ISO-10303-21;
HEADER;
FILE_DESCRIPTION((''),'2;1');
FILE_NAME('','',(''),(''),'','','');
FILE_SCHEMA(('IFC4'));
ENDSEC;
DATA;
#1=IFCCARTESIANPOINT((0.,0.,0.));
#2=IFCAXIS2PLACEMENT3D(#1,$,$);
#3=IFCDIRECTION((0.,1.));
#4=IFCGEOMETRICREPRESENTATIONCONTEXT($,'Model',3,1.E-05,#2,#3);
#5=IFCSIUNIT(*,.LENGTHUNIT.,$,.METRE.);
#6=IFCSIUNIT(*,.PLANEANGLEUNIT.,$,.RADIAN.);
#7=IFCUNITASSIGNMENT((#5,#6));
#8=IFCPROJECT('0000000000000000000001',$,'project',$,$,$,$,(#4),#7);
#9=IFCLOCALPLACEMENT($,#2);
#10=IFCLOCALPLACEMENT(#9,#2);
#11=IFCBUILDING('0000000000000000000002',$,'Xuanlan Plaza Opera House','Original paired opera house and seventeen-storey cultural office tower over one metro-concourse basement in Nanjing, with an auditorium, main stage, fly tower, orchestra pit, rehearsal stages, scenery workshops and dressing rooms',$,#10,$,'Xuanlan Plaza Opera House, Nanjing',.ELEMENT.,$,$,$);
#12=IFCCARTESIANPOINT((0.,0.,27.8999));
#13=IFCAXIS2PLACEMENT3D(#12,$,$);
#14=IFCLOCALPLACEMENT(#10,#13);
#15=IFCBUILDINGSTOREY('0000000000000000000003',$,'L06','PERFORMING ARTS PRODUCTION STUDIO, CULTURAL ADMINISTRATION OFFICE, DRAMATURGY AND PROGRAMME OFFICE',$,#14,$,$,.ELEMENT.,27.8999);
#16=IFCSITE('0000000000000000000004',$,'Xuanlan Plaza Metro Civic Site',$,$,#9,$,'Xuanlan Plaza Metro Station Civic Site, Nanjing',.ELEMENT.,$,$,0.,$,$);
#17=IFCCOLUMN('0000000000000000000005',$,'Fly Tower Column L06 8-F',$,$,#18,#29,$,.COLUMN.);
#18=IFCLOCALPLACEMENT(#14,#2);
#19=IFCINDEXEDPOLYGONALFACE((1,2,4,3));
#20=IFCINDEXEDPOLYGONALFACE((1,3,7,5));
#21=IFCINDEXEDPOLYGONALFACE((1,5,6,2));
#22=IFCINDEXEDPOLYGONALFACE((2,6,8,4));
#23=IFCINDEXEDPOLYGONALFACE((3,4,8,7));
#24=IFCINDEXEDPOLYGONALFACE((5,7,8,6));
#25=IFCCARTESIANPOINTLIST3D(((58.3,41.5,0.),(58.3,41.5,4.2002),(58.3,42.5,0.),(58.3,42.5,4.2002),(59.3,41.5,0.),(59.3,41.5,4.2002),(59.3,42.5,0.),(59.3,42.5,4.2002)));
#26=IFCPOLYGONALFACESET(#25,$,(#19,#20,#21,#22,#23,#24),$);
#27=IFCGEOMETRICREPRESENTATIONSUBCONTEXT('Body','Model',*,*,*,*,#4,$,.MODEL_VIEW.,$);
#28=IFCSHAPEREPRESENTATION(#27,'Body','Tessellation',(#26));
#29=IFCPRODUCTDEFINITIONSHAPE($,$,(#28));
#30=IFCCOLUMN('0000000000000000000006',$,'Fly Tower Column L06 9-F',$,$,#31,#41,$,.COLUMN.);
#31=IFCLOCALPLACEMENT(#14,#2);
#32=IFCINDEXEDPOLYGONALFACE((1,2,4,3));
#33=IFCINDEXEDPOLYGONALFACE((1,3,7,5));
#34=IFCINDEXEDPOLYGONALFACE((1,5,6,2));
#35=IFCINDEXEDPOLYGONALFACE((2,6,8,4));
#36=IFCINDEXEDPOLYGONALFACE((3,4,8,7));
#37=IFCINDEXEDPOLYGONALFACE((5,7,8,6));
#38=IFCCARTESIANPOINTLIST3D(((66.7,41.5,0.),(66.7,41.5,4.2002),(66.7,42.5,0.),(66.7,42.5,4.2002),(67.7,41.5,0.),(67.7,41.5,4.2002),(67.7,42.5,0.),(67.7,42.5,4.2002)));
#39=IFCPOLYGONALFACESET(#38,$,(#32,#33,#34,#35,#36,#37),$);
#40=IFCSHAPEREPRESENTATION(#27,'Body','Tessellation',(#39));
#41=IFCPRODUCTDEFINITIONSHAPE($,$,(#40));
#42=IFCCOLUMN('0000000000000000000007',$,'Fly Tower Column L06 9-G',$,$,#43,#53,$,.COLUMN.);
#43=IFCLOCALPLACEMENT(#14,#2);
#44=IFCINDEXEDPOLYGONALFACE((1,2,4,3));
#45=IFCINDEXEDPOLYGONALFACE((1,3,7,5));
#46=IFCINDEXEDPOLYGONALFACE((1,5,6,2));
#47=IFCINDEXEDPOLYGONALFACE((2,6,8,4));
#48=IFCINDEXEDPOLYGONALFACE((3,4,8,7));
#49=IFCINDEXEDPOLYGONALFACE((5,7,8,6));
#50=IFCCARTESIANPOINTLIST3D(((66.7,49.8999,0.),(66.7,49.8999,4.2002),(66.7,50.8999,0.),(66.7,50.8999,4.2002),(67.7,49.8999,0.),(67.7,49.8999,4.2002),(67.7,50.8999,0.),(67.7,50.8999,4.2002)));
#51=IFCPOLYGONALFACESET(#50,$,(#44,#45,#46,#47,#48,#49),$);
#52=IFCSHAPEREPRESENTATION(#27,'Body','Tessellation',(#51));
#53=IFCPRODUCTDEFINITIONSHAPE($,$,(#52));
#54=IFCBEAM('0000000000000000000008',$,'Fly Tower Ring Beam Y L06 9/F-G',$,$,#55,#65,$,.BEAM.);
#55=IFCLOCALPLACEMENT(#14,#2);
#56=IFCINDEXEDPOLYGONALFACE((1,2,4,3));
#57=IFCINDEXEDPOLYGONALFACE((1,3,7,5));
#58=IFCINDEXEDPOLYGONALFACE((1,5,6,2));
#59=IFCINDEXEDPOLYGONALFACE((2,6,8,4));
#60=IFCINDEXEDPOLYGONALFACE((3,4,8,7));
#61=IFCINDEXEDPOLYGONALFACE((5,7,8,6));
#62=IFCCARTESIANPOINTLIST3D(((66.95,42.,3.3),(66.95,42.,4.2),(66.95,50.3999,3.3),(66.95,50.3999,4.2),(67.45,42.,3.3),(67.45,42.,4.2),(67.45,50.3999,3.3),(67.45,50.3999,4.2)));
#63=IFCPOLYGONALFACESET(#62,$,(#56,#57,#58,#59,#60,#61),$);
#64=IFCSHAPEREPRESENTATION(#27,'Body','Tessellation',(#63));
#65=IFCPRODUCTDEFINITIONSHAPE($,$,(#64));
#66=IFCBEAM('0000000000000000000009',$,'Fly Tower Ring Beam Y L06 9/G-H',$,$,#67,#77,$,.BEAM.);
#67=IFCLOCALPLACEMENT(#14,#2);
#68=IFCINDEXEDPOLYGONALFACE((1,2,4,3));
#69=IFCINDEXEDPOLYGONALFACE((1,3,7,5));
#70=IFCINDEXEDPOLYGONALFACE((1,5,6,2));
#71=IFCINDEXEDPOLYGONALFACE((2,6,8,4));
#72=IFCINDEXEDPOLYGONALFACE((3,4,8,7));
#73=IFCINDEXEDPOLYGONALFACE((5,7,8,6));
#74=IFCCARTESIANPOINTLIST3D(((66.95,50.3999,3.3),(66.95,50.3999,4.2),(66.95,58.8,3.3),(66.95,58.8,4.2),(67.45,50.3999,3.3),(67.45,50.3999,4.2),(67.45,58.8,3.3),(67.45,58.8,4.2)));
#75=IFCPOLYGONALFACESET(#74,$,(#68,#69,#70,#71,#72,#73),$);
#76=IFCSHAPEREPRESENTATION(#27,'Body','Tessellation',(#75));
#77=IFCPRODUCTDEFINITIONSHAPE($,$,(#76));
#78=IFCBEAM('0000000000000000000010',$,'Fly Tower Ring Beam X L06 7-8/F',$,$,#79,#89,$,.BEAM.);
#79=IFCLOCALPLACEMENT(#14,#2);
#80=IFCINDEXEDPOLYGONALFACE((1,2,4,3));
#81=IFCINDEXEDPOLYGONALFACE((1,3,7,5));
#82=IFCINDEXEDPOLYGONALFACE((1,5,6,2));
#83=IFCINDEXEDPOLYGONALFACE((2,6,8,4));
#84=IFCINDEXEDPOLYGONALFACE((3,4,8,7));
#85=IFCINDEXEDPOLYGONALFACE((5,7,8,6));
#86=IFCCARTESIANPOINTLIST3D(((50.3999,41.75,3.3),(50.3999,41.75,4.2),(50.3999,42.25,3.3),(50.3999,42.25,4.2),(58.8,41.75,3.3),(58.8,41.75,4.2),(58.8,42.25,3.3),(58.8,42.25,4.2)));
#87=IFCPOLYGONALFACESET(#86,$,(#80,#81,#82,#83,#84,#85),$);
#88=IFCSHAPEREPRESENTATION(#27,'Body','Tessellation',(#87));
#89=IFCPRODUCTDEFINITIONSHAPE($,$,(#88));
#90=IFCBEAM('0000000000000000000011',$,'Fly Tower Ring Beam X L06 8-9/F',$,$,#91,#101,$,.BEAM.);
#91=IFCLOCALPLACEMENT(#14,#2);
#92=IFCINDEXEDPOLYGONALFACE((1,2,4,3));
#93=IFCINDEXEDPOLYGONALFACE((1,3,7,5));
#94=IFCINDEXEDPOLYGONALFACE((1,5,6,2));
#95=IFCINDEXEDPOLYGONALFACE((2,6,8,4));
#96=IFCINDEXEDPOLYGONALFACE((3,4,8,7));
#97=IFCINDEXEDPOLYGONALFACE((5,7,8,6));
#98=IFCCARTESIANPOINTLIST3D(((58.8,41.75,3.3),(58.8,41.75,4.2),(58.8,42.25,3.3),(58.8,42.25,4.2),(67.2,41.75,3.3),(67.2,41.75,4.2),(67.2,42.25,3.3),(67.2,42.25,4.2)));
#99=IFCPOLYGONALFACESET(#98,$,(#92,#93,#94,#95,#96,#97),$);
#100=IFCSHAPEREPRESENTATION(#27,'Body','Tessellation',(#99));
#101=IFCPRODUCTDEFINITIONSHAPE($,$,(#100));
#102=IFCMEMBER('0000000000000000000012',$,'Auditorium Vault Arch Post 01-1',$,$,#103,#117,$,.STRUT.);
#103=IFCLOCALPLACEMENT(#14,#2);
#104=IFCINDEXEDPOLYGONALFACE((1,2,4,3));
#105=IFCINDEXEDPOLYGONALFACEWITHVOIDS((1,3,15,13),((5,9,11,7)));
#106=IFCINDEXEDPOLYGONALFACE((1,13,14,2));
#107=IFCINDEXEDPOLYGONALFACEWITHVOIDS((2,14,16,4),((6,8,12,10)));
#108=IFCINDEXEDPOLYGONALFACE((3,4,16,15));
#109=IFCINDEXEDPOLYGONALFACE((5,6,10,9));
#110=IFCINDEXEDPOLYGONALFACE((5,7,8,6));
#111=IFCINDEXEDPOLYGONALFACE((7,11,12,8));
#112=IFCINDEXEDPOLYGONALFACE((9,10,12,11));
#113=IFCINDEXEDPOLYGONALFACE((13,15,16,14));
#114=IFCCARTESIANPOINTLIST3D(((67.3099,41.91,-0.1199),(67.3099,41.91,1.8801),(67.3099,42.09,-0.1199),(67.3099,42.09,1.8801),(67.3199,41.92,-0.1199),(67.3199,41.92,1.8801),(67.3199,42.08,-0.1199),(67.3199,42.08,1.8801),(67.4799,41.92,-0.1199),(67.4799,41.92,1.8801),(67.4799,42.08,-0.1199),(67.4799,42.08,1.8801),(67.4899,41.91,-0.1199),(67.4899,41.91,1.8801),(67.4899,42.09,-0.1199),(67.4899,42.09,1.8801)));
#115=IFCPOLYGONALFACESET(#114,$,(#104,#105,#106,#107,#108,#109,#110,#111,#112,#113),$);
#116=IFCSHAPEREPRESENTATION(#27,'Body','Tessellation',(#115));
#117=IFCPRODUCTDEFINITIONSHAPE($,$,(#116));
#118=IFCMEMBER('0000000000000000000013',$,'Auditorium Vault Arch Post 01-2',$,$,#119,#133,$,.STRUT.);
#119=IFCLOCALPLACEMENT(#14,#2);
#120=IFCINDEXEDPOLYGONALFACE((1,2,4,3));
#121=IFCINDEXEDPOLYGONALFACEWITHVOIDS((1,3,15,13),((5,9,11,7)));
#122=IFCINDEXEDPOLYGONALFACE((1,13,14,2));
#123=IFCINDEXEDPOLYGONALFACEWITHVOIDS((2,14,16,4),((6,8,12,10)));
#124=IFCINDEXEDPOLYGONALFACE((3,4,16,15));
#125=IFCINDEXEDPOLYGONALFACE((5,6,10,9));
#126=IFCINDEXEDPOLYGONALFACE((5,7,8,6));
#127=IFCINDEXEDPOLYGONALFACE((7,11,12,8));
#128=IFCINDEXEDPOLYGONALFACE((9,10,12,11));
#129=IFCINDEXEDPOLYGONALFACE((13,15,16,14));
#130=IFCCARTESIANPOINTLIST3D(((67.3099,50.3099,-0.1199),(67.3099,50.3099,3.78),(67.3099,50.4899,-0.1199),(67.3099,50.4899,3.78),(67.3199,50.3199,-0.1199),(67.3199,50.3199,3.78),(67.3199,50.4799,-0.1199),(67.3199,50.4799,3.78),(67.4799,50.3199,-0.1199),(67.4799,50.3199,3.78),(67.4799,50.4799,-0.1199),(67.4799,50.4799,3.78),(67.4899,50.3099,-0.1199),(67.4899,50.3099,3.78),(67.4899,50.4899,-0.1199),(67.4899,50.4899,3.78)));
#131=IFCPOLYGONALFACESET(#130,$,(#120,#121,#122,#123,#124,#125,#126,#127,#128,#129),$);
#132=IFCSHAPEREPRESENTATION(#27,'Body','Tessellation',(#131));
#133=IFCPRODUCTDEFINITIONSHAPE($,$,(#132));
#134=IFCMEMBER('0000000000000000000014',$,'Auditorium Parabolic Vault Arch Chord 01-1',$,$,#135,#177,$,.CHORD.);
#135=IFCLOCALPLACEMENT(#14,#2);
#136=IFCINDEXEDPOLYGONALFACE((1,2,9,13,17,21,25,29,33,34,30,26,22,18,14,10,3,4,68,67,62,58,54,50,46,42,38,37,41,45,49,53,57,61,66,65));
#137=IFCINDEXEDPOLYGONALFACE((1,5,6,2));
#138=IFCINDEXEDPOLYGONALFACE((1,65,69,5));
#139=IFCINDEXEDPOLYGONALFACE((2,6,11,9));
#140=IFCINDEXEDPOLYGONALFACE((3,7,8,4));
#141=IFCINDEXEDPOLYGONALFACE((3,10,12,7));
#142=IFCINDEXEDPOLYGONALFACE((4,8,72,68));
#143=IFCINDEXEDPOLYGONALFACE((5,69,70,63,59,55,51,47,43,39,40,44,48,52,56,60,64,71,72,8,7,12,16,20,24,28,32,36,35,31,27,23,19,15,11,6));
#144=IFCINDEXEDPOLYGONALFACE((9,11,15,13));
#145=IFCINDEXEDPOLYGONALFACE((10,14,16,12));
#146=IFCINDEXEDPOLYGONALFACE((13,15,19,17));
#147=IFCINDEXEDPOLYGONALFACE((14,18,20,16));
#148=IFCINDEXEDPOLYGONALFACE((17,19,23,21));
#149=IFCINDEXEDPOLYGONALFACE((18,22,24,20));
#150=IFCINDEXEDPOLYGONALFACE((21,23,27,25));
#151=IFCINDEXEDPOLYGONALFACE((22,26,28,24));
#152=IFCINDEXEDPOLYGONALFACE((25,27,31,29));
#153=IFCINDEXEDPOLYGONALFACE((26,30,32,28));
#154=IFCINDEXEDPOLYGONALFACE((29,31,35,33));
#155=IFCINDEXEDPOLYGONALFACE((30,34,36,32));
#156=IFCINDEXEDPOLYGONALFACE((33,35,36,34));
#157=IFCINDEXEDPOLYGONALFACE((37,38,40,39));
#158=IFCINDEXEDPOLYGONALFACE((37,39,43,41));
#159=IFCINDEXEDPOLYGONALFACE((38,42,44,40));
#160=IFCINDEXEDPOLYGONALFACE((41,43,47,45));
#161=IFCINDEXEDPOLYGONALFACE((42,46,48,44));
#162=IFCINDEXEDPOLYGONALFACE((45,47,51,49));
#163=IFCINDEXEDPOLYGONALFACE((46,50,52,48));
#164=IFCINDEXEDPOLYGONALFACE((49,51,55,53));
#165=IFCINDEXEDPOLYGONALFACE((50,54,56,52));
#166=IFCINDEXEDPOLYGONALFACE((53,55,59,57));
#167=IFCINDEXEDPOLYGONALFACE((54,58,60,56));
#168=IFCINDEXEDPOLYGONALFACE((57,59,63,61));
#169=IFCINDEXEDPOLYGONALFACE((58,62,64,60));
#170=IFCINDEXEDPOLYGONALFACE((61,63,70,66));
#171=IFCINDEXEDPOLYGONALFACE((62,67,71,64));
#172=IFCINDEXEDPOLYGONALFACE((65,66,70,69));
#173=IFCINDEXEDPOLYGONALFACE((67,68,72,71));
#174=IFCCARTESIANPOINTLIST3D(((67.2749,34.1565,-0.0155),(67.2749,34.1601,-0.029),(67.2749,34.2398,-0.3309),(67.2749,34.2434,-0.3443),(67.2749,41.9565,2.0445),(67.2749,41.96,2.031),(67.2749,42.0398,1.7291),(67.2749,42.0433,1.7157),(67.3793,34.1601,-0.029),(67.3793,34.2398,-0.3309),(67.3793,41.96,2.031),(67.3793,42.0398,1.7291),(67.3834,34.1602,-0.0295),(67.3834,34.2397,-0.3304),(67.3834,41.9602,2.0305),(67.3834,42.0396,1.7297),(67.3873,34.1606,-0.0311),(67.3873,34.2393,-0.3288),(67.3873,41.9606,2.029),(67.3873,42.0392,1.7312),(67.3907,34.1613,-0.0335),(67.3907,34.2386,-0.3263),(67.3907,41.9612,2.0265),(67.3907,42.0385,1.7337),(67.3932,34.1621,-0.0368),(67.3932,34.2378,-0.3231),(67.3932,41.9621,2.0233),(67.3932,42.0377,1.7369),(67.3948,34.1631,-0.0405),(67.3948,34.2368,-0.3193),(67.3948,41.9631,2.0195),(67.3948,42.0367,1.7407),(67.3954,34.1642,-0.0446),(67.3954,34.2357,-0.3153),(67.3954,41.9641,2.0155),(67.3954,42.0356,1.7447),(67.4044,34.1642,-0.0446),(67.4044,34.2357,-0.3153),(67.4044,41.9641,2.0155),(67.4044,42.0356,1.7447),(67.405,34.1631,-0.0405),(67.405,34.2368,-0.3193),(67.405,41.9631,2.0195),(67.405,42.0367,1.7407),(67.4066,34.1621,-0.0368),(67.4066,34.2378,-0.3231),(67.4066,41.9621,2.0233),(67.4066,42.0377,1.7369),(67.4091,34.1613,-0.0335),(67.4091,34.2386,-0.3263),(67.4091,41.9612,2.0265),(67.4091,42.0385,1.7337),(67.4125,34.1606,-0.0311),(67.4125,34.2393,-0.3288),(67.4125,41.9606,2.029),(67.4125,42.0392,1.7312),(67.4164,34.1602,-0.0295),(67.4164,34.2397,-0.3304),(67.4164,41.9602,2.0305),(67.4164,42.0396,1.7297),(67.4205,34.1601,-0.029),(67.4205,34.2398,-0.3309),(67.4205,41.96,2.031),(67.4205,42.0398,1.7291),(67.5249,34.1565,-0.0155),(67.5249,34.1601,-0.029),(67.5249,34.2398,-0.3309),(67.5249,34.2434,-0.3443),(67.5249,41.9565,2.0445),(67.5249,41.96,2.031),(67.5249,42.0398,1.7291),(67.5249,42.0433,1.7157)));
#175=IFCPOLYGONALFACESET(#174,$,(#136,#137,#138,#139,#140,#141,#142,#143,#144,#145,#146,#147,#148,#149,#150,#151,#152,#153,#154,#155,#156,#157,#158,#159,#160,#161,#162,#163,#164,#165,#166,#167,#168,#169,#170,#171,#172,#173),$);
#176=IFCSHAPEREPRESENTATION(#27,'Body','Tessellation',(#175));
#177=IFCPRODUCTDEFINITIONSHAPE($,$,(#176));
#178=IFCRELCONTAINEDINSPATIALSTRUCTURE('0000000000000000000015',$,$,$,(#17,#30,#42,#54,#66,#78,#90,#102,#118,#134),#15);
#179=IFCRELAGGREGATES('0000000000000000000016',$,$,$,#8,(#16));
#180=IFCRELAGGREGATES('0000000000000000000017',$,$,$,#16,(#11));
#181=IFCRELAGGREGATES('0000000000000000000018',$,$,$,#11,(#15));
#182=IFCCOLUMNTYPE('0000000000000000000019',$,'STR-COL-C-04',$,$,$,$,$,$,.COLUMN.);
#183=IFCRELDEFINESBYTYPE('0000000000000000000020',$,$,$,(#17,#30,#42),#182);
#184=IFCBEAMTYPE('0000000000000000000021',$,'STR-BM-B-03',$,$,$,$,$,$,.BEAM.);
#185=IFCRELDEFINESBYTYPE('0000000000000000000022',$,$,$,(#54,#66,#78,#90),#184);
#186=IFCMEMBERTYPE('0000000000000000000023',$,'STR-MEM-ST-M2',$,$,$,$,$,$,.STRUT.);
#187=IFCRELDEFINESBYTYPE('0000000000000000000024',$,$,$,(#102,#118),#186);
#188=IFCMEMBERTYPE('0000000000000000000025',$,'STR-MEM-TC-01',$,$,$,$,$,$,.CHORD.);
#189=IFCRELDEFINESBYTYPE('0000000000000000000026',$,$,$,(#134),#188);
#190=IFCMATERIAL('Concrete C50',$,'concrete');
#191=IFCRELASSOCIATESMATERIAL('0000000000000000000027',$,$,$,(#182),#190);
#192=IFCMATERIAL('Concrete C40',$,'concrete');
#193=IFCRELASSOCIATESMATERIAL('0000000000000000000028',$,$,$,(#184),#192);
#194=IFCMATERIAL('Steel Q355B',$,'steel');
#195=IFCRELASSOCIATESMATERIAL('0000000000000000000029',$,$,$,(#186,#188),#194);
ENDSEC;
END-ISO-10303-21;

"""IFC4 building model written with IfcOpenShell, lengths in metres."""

from ifc_helpers import new_model, si_unit, direction, frame, origin, origin_2d, place, context, subcontext, project, spatial, rectangle, hollow_rectangle, i_section, extrude, material, material_profile, profile_set, type_object, element, save


model = new_model("IFC4")

# Units and contexts
model_context = context("Model", 3, precision=1e-05, world=origin(), true_north=direction((0.0, 1.0)))
body_context = subcontext(model_context, "Body", "Model", "MODEL_VIEW")
ifc_project = project(units=[si_unit("LENGTHUNIT", "METRE"), si_unit("PLANEANGLEUNIT", "RADIAN")], contexts=[model_context])

# Site, building, storey
site_placement = place(None, origin())
site = spatial("IfcSite", under=ifc_project, at=site_placement, Name="Xuanlan Plaza Metro Civic Site", LongName="Xuanlan Plaza Metro Station Civic Site, Nanjing", CompositionType="ELEMENT", RefElevation=0.0)
building_placement = place(site_placement, origin())
building = spatial("IfcBuilding", under=site, at=building_placement, Name="Xuanlan Plaza Opera House", Description="Original paired opera house and seventeen-storey cultural office tower over one metro-concourse basement in Nanjing, with an auditorium, main stage, fly tower, orchestra pit, rehearsal stages, scenery workshops and dressing rooms", LongName="Xuanlan Plaza Opera House, Nanjing", CompositionType="ELEMENT")
storey_placement = place(building_placement, frame((0.0, 0.0, 27.8999)))
storey = spatial("IfcBuildingStorey", under=building, at=storey_placement, Name="L06", Description="PERFORMING ARTS PRODUCTION STUDIO, CULTURAL ADMINISTRATION OFFICE, DRAMATURGY AND PROGRAMME OFFICE", CompositionType="ELEMENT", Elevation=27.8999)

# Columns
ifc_material_1 = material(Name="Concrete C50", Category="concrete")
ifc_material_profile_1 = material_profile(ifc_material_1, rectangle(XDim=1.0, YDim=1.0, at=origin_2d()), Name="RC-COL 1000x1000")
ifc_profile_set_1 = profile_set([ifc_material_profile_1], Name="Concrete C50")
column_type = type_object("IfcColumnType", Name="STR-COL-C-04", PredefinedType="COLUMN", material=ifc_profile_set_1)
for number, where, z_axis, x_axis, name in (
    (1, (58.8, 42.0, 0.0), (0.0, 0.0, 1.0), (1.0, 0.0, 0.0), "Fly Tower Column L06 8-F"),
    (2, (67.2, 42.0, 0.0), (0.0, 0.0, 1.0), (1.0, 0.0, 0.0), "Fly Tower Column L06 9-F"),
    (3, (67.2, 50.3999, 0.0), (0.0, 0.0, 1.0), (1.0, 0.0, 0.0), "Fly Tower Column L06 9-G"),
):
    element("IfcColumn", number, at=place(storey_placement, frame(where, z_axis=z_axis, x_axis=x_axis)), inside=storey, type_object=column_type, Name=name, PredefinedType="COLUMN", context=body_context, shape_type="SweptSolid", body=[
        extrude(rectangle(XDim=1.0, YDim=1.0, at=origin_2d()), origin(), (0.0, 0.0, 1.0), 4.2002),
    ])

# Beams
ifc_material_2 = material(Name="Concrete C40", Category="concrete")
ifc_material_profile_2 = material_profile(ifc_material_2, rectangle(XDim=0.5, YDim=0.8999, at=origin_2d()), Name="RC-BM 500x900")
ifc_profile_set_2 = profile_set([ifc_material_profile_2], Name="Concrete C40")
beam_type = type_object("IfcBeamType", Name="STR-BM-B-03", PredefinedType="BEAM", material=ifc_profile_set_2)
beam_1_placement = place(storey_placement, frame((67.2, 42.0, 3.75), z_axis=(0.0, 1.0, 0.0), x_axis=(-1.0, 0.0, 0.0)))
element("IfcBeam", 4, at=beam_1_placement, inside=storey, type_object=beam_type, Name="Fly Tower Ring Beam Y L06 9/F-G", PredefinedType="BEAM", context=body_context, shape_type="SweptSolid", body=[
    extrude(rectangle(XDim=0.5, YDim=0.8999, at=origin_2d()), origin(), (0.0, 0.0, 1.0), 8.3999),
])
for number, where, z_axis, x_axis, name in (
    (5, (67.2, 50.3999, 3.75), (0.0, 1.0, 0.0), (-1.0, 0.0, 0.0), "Fly Tower Ring Beam Y L06 9/G-H"),
    (6, (50.3999, 42.0, 3.75), (1.0, 0.0, 0.0), (0.0, 1.0, 0.0), "Fly Tower Ring Beam X L06 7-8/F"),
):
    element("IfcBeam", number, at=place(storey_placement, frame(where, z_axis=z_axis, x_axis=x_axis)), inside=storey, type_object=beam_type, Name=name, PredefinedType="BEAM", context=body_context, shape_type="SweptSolid", body=[
        extrude(rectangle(XDim=0.5, YDim=0.8999, at=origin_2d()), origin(), (0.0, 0.0, 1.0), 8.4001),
    ])
beam_2_placement = place(storey_placement, frame((58.8, 42.0, 3.75), z_axis=(1.0, 0.0, 0.0), x_axis=(0.0, 1.0, 0.0)))
element("IfcBeam", 7, at=beam_2_placement, inside=storey, type_object=beam_type, Name="Fly Tower Ring Beam X L06 8-9/F", PredefinedType="BEAM", context=body_context, shape_type="SweptSolid", body=[
    extrude(rectangle(XDim=0.5, YDim=0.8999, at=origin_2d()), origin(), (0.0, 0.0, 1.0), 8.3999),
])

# Members
ifc_material_3 = material(Name="Steel Q355B", Category="steel")
ifc_material_profile_3 = material_profile(ifc_material_3, hollow_rectangle(XDim=0.1799, YDim=0.1799, WallThickness=0.01, at=origin_2d()), Name="SHS 180x180x10")
ifc_profile_set_3 = profile_set([ifc_material_profile_3], Name="Steel Q355B")
member_type_1 = type_object("IfcMemberType", Name="STR-MEM-ST-M2", PredefinedType="STRUT", material=ifc_profile_set_3)
member_1_placement = place(storey_placement, frame((67.3999, 42.0, -0.1199), z_axis=(0.0, 0.0, 1.0), x_axis=(1.0, 0.0, 0.0)))
element("IfcMember", 8, at=member_1_placement, inside=storey, type_object=member_type_1, Name="Auditorium Vault Arch Post 01-1", PredefinedType="STRUT", context=body_context, shape_type="SweptSolid", body=[
    extrude(hollow_rectangle(XDim=0.1799, YDim=0.1799, WallThickness=0.01, at=origin_2d()), origin(), (0.0, 0.0, 1.0), 2.0),
])
member_2_placement = place(storey_placement, frame((67.3999, 50.3999, -0.1199), z_axis=(0.0, 0.0, 1.0), x_axis=(1.0, 0.0, 0.0)))
element("IfcMember", 9, at=member_2_placement, inside=storey, type_object=member_type_1, Name="Auditorium Vault Arch Post 01-2", PredefinedType="STRUT", context=body_context, shape_type="SweptSolid", body=[
    extrude(hollow_rectangle(XDim=0.1799, YDim=0.1799, WallThickness=0.01, at=origin_2d()), origin(), (0.0, 0.0, 1.0), 3.8999),
])
ifc_material_profile_4 = material_profile(ifc_material_3, i_section(OverallWidth=0.25, OverallDepth=0.3401, WebThickness=0.009, FlangeThickness=0.0139, FilletRadius=0.0161, at=origin_2d()), Name="HM 340x250x9x14")
ifc_profile_set_4 = profile_set([ifc_material_profile_4], Name="Steel Q355B")
member_type_2 = type_object("IfcMemberType", Name="STR-MEM-TC-01", PredefinedType="CHORD", material=ifc_profile_set_4)
member_3_placement = place(storey_placement, frame((67.3999, 34.2, -0.1799), z_axis=(0.0, 0.966848, 0.255353), x_axis=(-1.0, 0.0, 0.0)))
element("IfcMember", 10, at=member_3_placement, inside=storey, type_object=member_type_2, Name="Auditorium Parabolic Vault Arch Chord 01-1", PredefinedType="CHORD", context=body_context, shape_type="SweptSolid", body=[
    extrude(i_section(OverallWidth=0.25, OverallDepth=0.3401, WebThickness=0.009, FlangeThickness=0.0139, FilletRadius=0.0161, at=origin_2d()), origin(), (0.0, 0.0, 1.0), 8.0674),
])

save(model, "model.ifc")
